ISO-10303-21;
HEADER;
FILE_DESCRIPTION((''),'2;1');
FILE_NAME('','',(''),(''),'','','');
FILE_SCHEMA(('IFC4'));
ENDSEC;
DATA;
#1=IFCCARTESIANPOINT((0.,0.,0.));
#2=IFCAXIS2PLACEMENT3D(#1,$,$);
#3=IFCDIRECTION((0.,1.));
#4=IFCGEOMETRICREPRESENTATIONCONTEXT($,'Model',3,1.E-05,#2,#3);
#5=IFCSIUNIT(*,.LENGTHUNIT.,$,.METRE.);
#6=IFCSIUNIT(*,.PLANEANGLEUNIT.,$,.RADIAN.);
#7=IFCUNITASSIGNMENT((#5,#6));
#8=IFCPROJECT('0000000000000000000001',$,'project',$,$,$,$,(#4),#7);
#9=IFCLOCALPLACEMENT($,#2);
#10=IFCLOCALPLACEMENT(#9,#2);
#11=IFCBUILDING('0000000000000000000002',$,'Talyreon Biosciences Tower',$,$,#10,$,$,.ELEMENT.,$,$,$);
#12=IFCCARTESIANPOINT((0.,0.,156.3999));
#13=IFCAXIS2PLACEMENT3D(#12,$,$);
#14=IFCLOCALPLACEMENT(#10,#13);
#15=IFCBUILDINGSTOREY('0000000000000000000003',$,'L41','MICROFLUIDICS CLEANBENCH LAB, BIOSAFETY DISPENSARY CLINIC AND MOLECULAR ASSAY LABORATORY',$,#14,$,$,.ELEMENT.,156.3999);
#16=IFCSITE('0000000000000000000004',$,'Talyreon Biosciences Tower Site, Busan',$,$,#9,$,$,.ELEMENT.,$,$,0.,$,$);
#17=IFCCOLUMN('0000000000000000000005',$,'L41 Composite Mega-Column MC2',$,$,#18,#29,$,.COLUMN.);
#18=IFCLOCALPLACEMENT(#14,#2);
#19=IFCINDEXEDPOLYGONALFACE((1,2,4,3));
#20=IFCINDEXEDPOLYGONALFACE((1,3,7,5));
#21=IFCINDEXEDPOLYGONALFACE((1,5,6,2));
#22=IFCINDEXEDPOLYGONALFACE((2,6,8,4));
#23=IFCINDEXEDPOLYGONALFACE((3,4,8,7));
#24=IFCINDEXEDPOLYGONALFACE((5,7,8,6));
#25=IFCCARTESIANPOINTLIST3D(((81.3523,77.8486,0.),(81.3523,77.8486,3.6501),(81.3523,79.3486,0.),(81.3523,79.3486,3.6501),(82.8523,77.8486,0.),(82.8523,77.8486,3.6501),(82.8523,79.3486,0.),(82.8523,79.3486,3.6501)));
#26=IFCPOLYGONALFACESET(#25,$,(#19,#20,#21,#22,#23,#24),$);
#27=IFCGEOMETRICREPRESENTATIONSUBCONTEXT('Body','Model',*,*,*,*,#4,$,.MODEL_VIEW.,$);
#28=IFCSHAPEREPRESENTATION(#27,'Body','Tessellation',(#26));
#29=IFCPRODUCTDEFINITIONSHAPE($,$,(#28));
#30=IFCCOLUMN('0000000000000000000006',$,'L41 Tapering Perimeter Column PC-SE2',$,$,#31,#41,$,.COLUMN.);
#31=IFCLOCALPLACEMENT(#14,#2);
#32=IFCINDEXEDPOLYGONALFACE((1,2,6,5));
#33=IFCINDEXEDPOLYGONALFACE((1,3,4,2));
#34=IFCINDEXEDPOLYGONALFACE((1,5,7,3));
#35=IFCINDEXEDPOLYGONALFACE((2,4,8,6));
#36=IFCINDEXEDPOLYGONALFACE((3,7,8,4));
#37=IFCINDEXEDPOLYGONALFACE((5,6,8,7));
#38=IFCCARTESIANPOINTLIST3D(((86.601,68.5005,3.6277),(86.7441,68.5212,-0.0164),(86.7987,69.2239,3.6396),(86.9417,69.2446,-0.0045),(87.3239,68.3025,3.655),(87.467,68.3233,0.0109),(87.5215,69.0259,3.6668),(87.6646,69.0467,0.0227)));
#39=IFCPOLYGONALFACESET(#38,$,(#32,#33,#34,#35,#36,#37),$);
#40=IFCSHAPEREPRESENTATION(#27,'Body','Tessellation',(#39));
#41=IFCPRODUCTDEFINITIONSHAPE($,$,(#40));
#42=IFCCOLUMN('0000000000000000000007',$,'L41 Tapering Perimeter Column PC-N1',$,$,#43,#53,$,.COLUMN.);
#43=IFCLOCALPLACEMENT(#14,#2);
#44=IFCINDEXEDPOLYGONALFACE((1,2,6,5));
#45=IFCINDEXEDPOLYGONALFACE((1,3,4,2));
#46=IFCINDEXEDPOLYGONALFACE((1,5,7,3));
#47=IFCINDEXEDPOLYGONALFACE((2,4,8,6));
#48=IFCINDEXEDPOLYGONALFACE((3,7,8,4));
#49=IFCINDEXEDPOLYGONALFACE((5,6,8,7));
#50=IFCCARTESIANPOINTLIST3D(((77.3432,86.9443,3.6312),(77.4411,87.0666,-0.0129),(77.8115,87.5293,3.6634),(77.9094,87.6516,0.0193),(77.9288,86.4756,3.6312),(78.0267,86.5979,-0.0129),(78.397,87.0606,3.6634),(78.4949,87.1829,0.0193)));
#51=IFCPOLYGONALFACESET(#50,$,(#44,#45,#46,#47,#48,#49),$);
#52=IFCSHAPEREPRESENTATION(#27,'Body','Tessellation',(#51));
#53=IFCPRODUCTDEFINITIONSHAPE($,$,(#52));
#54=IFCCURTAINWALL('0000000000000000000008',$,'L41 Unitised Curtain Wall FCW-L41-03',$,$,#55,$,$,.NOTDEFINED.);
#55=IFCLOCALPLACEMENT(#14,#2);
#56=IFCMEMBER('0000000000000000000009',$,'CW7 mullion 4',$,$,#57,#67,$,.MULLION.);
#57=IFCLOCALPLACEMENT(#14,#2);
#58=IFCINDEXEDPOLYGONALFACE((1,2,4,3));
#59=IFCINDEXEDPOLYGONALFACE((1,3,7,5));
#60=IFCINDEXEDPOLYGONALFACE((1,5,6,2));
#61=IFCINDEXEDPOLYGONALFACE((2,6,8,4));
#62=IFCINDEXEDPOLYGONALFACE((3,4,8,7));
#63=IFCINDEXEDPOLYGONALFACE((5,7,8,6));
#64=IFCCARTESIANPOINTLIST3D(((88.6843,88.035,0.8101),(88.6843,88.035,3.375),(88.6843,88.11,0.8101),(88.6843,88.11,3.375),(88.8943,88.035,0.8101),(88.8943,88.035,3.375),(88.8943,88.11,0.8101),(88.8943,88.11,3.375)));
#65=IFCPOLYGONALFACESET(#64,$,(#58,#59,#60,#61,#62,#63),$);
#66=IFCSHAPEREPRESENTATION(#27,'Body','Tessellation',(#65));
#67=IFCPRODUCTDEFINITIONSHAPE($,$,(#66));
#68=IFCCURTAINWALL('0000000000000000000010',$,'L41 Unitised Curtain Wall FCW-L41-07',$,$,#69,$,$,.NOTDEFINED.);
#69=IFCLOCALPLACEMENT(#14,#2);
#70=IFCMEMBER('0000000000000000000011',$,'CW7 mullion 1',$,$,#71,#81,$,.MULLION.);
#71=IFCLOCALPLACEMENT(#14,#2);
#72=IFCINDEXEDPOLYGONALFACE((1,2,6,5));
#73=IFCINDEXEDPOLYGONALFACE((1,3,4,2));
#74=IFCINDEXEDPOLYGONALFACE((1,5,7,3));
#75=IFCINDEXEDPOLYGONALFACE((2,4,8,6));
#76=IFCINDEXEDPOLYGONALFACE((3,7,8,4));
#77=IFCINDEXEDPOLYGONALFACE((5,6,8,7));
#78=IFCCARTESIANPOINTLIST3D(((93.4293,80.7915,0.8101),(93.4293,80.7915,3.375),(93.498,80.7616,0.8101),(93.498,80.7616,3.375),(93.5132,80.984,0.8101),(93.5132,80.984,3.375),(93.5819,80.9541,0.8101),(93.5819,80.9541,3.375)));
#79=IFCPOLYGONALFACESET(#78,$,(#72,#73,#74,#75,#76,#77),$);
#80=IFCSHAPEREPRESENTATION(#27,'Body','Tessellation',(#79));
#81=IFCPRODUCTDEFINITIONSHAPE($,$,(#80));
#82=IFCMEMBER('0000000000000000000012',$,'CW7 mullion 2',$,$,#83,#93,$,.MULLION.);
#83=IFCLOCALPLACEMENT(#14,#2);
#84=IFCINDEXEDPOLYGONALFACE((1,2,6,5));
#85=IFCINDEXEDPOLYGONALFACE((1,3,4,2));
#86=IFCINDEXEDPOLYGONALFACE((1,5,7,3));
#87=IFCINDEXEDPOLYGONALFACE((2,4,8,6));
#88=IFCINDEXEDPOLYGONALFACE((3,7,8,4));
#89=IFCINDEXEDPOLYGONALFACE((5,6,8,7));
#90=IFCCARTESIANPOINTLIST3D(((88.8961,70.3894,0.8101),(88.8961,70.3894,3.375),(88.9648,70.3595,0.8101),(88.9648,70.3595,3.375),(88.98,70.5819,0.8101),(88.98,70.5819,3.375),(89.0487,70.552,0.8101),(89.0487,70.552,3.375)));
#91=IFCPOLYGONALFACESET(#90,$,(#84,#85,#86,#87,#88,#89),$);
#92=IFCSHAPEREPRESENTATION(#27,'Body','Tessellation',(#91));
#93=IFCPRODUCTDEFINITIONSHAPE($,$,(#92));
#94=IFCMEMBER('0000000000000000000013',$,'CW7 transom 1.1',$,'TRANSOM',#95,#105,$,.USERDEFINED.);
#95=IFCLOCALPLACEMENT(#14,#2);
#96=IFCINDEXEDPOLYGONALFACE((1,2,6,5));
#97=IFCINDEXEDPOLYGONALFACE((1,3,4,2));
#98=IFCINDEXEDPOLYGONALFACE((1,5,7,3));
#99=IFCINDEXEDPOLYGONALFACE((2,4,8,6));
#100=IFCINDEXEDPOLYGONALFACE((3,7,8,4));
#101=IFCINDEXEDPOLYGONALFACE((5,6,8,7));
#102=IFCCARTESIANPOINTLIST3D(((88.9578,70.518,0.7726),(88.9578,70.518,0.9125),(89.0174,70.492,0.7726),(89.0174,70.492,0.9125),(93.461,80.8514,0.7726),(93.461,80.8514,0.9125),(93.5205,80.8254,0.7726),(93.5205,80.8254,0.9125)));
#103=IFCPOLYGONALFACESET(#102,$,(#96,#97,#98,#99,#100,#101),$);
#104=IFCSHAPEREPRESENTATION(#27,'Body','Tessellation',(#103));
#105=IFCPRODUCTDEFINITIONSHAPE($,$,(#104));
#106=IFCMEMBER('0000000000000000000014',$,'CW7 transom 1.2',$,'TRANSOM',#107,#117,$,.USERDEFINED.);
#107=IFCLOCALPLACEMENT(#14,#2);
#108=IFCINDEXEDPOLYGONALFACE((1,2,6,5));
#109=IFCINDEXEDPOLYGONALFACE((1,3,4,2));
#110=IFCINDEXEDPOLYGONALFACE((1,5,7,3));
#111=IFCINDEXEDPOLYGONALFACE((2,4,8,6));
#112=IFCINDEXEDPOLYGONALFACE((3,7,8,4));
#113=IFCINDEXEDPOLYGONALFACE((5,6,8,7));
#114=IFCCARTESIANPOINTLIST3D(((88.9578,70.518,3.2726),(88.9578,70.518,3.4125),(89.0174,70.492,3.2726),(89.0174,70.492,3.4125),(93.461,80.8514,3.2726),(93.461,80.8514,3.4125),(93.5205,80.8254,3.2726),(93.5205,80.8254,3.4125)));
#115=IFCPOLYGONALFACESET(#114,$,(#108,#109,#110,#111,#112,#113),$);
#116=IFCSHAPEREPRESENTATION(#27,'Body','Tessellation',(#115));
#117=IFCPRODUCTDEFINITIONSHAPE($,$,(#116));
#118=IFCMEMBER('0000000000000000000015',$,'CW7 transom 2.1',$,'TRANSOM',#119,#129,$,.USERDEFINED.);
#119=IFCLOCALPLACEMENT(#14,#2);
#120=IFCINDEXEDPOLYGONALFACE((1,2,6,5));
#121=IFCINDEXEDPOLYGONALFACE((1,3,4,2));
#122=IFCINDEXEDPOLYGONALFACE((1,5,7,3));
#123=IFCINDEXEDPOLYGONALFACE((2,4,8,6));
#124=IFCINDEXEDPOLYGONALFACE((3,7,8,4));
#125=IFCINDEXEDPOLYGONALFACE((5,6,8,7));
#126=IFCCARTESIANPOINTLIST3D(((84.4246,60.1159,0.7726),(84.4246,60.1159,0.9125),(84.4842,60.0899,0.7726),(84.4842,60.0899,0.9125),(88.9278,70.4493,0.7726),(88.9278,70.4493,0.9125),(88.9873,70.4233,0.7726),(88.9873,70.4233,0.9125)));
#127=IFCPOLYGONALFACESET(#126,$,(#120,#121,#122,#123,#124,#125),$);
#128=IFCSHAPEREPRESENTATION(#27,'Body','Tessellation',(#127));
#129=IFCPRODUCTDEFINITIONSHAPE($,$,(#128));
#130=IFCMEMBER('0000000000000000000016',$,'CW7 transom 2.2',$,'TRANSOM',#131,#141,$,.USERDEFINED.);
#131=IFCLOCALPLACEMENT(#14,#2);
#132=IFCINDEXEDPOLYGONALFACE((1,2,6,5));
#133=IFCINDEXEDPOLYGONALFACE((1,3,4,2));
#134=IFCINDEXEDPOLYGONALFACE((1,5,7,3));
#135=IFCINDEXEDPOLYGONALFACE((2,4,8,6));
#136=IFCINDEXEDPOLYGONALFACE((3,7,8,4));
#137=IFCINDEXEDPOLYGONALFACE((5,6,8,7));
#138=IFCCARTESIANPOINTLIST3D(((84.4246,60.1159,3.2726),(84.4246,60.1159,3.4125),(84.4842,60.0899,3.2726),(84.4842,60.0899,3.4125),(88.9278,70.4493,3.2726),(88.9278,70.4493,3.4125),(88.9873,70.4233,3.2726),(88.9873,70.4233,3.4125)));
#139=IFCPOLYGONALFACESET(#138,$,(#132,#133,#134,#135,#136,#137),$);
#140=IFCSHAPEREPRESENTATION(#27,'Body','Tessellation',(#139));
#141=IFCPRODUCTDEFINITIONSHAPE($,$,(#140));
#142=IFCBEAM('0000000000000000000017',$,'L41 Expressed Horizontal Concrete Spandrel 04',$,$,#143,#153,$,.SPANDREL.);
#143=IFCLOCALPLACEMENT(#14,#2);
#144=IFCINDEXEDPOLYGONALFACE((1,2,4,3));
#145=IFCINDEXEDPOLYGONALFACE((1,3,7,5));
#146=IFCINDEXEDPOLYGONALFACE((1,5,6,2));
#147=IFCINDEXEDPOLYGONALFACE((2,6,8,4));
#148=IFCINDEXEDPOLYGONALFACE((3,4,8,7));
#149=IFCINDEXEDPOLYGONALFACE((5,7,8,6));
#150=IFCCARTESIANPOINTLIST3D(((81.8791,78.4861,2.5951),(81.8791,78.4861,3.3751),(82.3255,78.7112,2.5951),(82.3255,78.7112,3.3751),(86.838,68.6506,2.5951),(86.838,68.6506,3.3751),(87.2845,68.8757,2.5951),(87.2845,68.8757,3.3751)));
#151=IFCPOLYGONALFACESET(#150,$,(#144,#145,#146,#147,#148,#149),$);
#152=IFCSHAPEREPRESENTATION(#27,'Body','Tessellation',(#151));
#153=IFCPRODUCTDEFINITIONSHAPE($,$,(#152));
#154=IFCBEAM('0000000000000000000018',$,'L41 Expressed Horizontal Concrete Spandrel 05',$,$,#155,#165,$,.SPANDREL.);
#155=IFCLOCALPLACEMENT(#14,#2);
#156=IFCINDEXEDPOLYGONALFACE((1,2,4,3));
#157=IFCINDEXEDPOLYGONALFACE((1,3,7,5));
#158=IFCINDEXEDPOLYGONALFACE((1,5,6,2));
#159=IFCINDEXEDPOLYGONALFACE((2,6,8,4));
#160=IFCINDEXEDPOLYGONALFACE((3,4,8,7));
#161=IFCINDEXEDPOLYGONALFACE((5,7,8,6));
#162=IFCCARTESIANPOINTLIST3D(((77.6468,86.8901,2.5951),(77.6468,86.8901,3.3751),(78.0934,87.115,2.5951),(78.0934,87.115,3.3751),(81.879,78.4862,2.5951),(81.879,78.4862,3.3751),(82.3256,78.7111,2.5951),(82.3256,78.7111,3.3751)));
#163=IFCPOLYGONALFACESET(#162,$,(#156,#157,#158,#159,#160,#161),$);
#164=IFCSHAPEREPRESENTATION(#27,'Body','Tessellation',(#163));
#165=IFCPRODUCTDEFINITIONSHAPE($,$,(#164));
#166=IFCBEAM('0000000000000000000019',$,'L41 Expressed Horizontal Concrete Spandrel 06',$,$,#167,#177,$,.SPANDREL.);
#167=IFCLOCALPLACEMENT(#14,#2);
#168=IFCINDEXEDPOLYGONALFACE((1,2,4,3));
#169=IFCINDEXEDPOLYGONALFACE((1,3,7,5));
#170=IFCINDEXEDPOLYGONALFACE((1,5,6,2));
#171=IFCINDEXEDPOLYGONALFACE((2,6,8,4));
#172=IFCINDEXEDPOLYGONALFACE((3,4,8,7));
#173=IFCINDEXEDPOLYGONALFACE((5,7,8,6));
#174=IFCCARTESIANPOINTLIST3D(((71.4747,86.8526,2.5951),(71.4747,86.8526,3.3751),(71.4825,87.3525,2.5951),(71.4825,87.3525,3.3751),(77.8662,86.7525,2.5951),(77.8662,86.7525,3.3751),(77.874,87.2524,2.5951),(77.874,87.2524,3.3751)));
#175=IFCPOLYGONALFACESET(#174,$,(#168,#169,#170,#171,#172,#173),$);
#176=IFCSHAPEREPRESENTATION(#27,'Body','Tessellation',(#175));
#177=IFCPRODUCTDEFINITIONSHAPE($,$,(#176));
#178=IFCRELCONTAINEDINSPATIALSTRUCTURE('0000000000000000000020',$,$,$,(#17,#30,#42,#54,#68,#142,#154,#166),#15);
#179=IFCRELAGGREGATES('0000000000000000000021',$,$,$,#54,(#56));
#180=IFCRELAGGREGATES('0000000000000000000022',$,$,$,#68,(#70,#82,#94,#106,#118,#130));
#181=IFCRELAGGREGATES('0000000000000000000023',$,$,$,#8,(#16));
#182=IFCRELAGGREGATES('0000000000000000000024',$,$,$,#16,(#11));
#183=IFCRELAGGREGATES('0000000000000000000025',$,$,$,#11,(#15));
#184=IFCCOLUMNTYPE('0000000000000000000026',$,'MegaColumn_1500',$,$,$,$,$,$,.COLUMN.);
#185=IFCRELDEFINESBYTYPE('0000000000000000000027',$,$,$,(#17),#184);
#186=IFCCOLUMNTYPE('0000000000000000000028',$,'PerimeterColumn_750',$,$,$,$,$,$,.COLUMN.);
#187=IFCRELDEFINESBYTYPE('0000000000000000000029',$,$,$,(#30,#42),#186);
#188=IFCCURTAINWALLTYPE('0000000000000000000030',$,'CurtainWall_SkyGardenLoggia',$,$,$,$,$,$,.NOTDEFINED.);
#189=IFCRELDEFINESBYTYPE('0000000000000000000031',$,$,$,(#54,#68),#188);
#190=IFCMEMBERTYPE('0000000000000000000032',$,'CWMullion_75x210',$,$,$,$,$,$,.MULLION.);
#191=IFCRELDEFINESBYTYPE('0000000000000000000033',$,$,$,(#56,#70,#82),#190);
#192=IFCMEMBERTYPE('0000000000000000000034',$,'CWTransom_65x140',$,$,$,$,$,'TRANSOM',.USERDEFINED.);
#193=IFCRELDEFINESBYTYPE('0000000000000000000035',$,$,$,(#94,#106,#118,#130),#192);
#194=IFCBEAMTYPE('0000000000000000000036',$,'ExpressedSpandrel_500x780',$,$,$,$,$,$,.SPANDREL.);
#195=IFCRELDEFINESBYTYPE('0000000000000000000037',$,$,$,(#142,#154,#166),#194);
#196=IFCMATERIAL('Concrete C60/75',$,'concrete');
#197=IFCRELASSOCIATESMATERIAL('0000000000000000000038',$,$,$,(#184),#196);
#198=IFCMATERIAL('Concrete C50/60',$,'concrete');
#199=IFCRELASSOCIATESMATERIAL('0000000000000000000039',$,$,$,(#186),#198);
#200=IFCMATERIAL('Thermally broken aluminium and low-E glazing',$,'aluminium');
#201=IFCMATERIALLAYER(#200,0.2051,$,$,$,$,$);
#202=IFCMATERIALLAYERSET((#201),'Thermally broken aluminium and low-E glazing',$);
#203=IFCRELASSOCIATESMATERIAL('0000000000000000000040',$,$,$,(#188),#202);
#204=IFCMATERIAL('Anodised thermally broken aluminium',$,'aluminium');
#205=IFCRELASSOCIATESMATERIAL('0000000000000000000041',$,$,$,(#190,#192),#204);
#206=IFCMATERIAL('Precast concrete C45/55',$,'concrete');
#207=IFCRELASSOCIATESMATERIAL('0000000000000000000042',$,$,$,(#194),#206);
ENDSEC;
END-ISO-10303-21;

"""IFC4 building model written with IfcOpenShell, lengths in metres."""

from ifc_helpers import new_model, si_unit, direction, frame, origin, origin_2d, place, context, subcontext, project, spatial, rectangle, extrude, material, layer, layer_set, material_profile, profile_set, type_object, element, aggregate, save


model = new_model("IFC4")

# Units and contexts
model_context = context("Model", 3, precision=1e-05, world=origin(), true_north=direction((0.0, 1.0)))
body_context = subcontext(model_context, "Body", "Model", "MODEL_VIEW")
ifc_project = project(units=[si_unit("LENGTHUNIT", "METRE"), si_unit("PLANEANGLEUNIT", "RADIAN")], contexts=[model_context])

# Site, building, storey
site_placement = place(None, origin())
site = spatial("IfcSite", under=ifc_project, at=site_placement, Name="Talyreon Biosciences Tower Site, Busan", CompositionType="ELEMENT", RefElevation=0.0)
building_placement = place(site_placement, origin())
building = spatial("IfcBuilding", under=site, at=building_placement, Name="Talyreon Biosciences Tower", CompositionType="ELEMENT")
storey_placement = place(building_placement, frame((0.0, 0.0, 156.3999)))
storey = spatial("IfcBuildingStorey", under=building, at=storey_placement, Name="L41", Description="MICROFLUIDICS CLEANBENCH LAB, BIOSAFETY DISPENSARY CLINIC AND MOLECULAR ASSAY LABORATORY", CompositionType="ELEMENT", Elevation=156.3999)

# Columns
ifc_material_1 = material(Name="Concrete C60/75", Category="concrete")
ifc_material_profile_1 = material_profile(ifc_material_1, rectangle(XDim=1.5, YDim=1.5, at=origin_2d()), Name="RC 1500x1500")
ifc_profile_set_1 = profile_set([ifc_material_profile_1], Name="Concrete C60/75")
column_type_1 = type_object("IfcColumnType", Name="MegaColumn_1500", PredefinedType="COLUMN", material=ifc_profile_set_1)
column_1_placement = place(storey_placement, frame((82.1023, 78.5986, 0.0), z_axis=(0.0, 0.0, 1.0), x_axis=(1.0, 0.0, 0.0)))
element("IfcColumn", 1, at=column_1_placement, inside=storey, type_object=column_type_1, Name="L41 Composite Mega-Column MC2", PredefinedType="COLUMN", context=body_context, shape_type="SweptSolid", body=[
    extrude(rectangle(XDim=1.5, YDim=1.5, at=origin_2d()), origin(), (0.0, 0.0, 1.0), 3.6501),
])
ifc_material_2 = material(Name="Concrete C50/60", Category="concrete")
ifc_material_profile_2 = material_profile(ifc_material_2, rectangle(XDim=0.75, YDim=0.75, at=origin_2d()), Name="RC 750x750")
ifc_profile_set_2 = profile_set([ifc_material_profile_2], Name="Concrete C50/60")
column_type_2 = type_object("IfcColumnType", Name="PerimeterColumn_750", PredefinedType="COLUMN", material=ifc_profile_set_2)
column_2_placement = place(storey_placement, frame((87.2043, 68.7839, 0.0032), z_axis=(-0.039229, -0.00569, 0.999214), x_axis=(0.963855, -0.263938, 0.036338)))
element("IfcColumn", 2, at=column_2_placement, inside=storey, type_object=column_type_2, Name="L41 Tapering Perimeter Column PC-SE2", PredefinedType="COLUMN", context=body_context, shape_type="SweptSolid", body=[
    extrude(rectangle(XDim=0.75, YDim=0.75, at=origin_2d()), origin(), (0.0, 0.0, 1.0), 3.647),
])
column_3_placement = place(storey_placement, frame((77.968, 87.1248, 0.0032), z_axis=(-0.026841, -0.033535, 0.999077), x_axis=(-0.780717, 0.624885, 0.0)))
element("IfcColumn", 3, at=column_3_placement, inside=storey, type_object=column_type_2, Name="L41 Tapering Perimeter Column PC-N1", PredefinedType="COLUMN", context=body_context, shape_type="SweptSolid", body=[
    extrude(rectangle(XDim=0.75, YDim=0.75, at=origin_2d()), origin(), (0.0, 0.0, 1.0), 3.6475),
])

# Curtain wall, member
ifc_material_3 = material(Name="Thermally broken aluminium and low-E glazing", Category="aluminium")
ifc_layer_1 = layer(ifc_material_3, 0.2051)
ifc_layer_set_1 = layer_set([ifc_layer_1], Name="Thermally broken aluminium and low-E glazing")
curtain_wall_type = type_object("IfcCurtainWallType", Name="CurtainWall_SkyGardenLoggia", PredefinedType="NOTDEFINED", material=ifc_layer_set_1)
curtain_wall_1_placement = place(storey_placement, origin())
curtain_wall_1 = element("IfcCurtainWall", 4, at=curtain_wall_1_placement, inside=storey, type_object=curtain_wall_type, Name="L41 Unitised Curtain Wall FCW-L41-03", PredefinedType="NOTDEFINED")
ifc_material_4 = material(Name="Anodised thermally broken aluminium", Category="aluminium")
ifc_material_profile_3 = material_profile(ifc_material_4, rectangle(XDim=0.075, YDim=0.21, at=origin_2d()), Name="ALUM MULLION 75x210")
ifc_profile_set_3 = profile_set([ifc_material_profile_3], Name="Anodised thermally broken aluminium")
member_type_1 = type_object("IfcMemberType", Name="CWMullion_75x210", PredefinedType="MULLION", material=ifc_profile_set_3)
member_1_placement = place(storey_placement, frame((88.7893, 88.0725, 0.8101), z_axis=(0.0, 0.0, 1.0), x_axis=(0.0, 1.0, 0.0)))
member_1 = element("IfcMember", 5, at=member_1_placement, type_object=member_type_1, Name="CW7 mullion 4", PredefinedType="MULLION", context=body_context, shape_type="SweptSolid", body=[
    extrude(rectangle(XDim=0.075, YDim=0.21, at=origin_2d()), origin(), (0.0, 0.0, 1.0), 2.5649),
])

# Curtain wall, members
curtain_wall_2_placement = place(storey_placement, origin())
curtain_wall_2 = element("IfcCurtainWall", 6, at=curtain_wall_2_placement, inside=storey, type_object=curtain_wall_type, Name="L41 Unitised Curtain Wall FCW-L41-07", PredefinedType="NOTDEFINED")
member_2_placement = place(storey_placement, frame((93.5056, 80.8728, 0.8101), z_axis=(0.0, 0.0, 1.0), x_axis=(0.916731, -0.399505, 0.0)))
member_2 = element("IfcMember", 7, at=member_2_placement, type_object=member_type_1, Name="CW7 mullion 1", PredefinedType="MULLION", context=body_context, shape_type="SweptSolid", body=[
    extrude(rectangle(XDim=0.075, YDim=0.21, at=origin_2d()), origin(), (0.0, 0.0, 1.0), 2.5649),
])
member_3_placement = place(storey_placement, frame((88.9724, 70.4707, 0.8101), z_axis=(0.0, 0.0, 1.0), x_axis=(0.916731, -0.399505, 0.0)))
member_3 = element("IfcMember", 8, at=member_3_placement, type_object=member_type_1, Name="CW7 mullion 2", PredefinedType="MULLION", context=body_context, shape_type="SweptSolid", body=[
    extrude(rectangle(XDim=0.075, YDim=0.21, at=origin_2d()), origin(), (0.0, 0.0, 1.0), 2.5649),
])
ifc_material_profile_4 = material_profile(ifc_material_4, rectangle(XDim=0.0649, YDim=0.1399, at=origin_2d()), Name="ALUM TRANSOM 65x140")
ifc_profile_set_4 = profile_set([ifc_material_profile_4], Name="Anodised thermally broken aluminium")
member_type_2 = type_object("IfcMemberType", Name="CWTransom_65x140", ElementType="TRANSOM", PredefinedType="USERDEFINED", material=ifc_profile_set_4)
member_4_placement = place(storey_placement, frame((93.4907, 80.8384, 0.8425), z_axis=(-0.399498, -0.916734, 0.0), x_axis=(0.916734, -0.399498, 0.0)))
member_4 = element("IfcMember", 9, at=member_4_placement, type_object=member_type_2, Name="CW7 transom 1.1", ObjectType="TRANSOM", PredefinedType="USERDEFINED", context=body_context, shape_type="SweptSolid", body=[
    extrude(rectangle(XDim=0.0649, YDim=0.1399, at=origin_2d()), origin(), (0.0, 0.0, 1.0), 11.272),
])
member_5_placement = place(storey_placement, frame((93.4907, 80.8384, 3.3425), z_axis=(-0.399498, -0.916734, 0.0), x_axis=(0.916734, -0.399498, 0.0)))
member_5 = element("IfcMember", 10, at=member_5_placement, type_object=member_type_2, Name="CW7 transom 1.2", ObjectType="TRANSOM", PredefinedType="USERDEFINED", context=body_context, shape_type="SweptSolid", body=[
    extrude(rectangle(XDim=0.0649, YDim=0.1399, at=origin_2d()), origin(), (0.0, 0.0, 1.0), 11.272),
])
member_6_placement = place(storey_placement, frame((88.9575, 70.4363, 0.8425), z_axis=(-0.399498, -0.916734, 0.0), x_axis=(0.916734, -0.399498, 0.0)))
member_6 = element("IfcMember", 11, at=member_6_placement, type_object=member_type_2, Name="CW7 transom 2.1", ObjectType="TRANSOM", PredefinedType="USERDEFINED", context=body_context, shape_type="SweptSolid", body=[
    extrude(rectangle(XDim=0.0649, YDim=0.1399, at=origin_2d()), origin(), (0.0, 0.0, 1.0), 11.272),
])
member_7_placement = place(storey_placement, frame((88.9575, 70.4363, 3.3425), z_axis=(-0.399498, -0.916734, 0.0), x_axis=(0.916734, -0.399498, 0.0)))
member_7 = element("IfcMember", 12, at=member_7_placement, type_object=member_type_2, Name="CW7 transom 2.2", ObjectType="TRANSOM", PredefinedType="USERDEFINED", context=body_context, shape_type="SweptSolid", body=[
    extrude(rectangle(XDim=0.0649, YDim=0.1399, at=origin_2d()), origin(), (0.0, 0.0, 1.0), 11.272),
])

# Beams
ifc_material_5 = material(Name="Precast concrete C45/55", Category="concrete")
ifc_material_profile_5 = material_profile(ifc_material_5, rectangle(XDim=0.5, YDim=0.78, at=origin_2d()), Name="RCB 500x780")
ifc_profile_set_5 = profile_set([ifc_material_profile_5], Name="Precast concrete C45/55")
beam_type_1 = type_object("IfcBeamType", Name="ExpressedSpandrel_500x780", PredefinedType="SPANDREL", material=ifc_profile_set_5)
beam_1_placement = place(storey_placement, frame((87.0613, 68.7632, 2.9851), z_axis=(-0.450208, 0.892924, 0.0), x_axis=(-0.892924, -0.450208, 0.0)))
element("IfcBeam", 13, at=beam_1_placement, inside=storey, type_object=beam_type_1, Name="L41 Expressed Horizontal Concrete Spandrel 04", PredefinedType="SPANDREL", context=body_context, shape_type="SweptSolid", body=[
    extrude(rectangle(XDim=0.5, YDim=0.78, at=origin_2d()), origin(), (0.0, 0.0, 1.0), 11.0149),
])
beam_2_placement = place(storey_placement, frame((82.1023, 78.5986, 2.9851), z_axis=(-0.449786, 0.893137, 0.0), x_axis=(-0.893137, -0.449786, 0.0)))
element("IfcBeam", 14, at=beam_2_placement, inside=storey, type_object=beam_type_1, Name="L41 Expressed Horizontal Concrete Spandrel 05", PredefinedType="SPANDREL", context=body_context, shape_type="SweptSolid", body=[
    extrude(rectangle(XDim=0.5, YDim=0.78, at=origin_2d()), origin(), (0.0, 0.0, 1.0), 9.4094),
])
beam_3_placement = place(storey_placement, frame((77.8701, 87.0024, 2.9851), z_axis=(-0.999877, 0.015659, 0.0), x_axis=(-0.015659, -0.999877, 0.0)))
element("IfcBeam", 15, at=beam_3_placement, inside=storey, type_object=beam_type_1, Name="L41 Expressed Horizontal Concrete Spandrel 06", PredefinedType="SPANDREL", context=body_context, shape_type="SweptSolid", body=[
    extrude(rectangle(XDim=0.5, YDim=0.78, at=origin_2d()), origin(), (0.0, 0.0, 1.0), 6.3923),
])

aggregate(curtain_wall_1, [member_1])
aggregate(curtain_wall_2, [member_2, member_3, member_4, member_5, member_6, member_7])

save(model, "model.ifc")
